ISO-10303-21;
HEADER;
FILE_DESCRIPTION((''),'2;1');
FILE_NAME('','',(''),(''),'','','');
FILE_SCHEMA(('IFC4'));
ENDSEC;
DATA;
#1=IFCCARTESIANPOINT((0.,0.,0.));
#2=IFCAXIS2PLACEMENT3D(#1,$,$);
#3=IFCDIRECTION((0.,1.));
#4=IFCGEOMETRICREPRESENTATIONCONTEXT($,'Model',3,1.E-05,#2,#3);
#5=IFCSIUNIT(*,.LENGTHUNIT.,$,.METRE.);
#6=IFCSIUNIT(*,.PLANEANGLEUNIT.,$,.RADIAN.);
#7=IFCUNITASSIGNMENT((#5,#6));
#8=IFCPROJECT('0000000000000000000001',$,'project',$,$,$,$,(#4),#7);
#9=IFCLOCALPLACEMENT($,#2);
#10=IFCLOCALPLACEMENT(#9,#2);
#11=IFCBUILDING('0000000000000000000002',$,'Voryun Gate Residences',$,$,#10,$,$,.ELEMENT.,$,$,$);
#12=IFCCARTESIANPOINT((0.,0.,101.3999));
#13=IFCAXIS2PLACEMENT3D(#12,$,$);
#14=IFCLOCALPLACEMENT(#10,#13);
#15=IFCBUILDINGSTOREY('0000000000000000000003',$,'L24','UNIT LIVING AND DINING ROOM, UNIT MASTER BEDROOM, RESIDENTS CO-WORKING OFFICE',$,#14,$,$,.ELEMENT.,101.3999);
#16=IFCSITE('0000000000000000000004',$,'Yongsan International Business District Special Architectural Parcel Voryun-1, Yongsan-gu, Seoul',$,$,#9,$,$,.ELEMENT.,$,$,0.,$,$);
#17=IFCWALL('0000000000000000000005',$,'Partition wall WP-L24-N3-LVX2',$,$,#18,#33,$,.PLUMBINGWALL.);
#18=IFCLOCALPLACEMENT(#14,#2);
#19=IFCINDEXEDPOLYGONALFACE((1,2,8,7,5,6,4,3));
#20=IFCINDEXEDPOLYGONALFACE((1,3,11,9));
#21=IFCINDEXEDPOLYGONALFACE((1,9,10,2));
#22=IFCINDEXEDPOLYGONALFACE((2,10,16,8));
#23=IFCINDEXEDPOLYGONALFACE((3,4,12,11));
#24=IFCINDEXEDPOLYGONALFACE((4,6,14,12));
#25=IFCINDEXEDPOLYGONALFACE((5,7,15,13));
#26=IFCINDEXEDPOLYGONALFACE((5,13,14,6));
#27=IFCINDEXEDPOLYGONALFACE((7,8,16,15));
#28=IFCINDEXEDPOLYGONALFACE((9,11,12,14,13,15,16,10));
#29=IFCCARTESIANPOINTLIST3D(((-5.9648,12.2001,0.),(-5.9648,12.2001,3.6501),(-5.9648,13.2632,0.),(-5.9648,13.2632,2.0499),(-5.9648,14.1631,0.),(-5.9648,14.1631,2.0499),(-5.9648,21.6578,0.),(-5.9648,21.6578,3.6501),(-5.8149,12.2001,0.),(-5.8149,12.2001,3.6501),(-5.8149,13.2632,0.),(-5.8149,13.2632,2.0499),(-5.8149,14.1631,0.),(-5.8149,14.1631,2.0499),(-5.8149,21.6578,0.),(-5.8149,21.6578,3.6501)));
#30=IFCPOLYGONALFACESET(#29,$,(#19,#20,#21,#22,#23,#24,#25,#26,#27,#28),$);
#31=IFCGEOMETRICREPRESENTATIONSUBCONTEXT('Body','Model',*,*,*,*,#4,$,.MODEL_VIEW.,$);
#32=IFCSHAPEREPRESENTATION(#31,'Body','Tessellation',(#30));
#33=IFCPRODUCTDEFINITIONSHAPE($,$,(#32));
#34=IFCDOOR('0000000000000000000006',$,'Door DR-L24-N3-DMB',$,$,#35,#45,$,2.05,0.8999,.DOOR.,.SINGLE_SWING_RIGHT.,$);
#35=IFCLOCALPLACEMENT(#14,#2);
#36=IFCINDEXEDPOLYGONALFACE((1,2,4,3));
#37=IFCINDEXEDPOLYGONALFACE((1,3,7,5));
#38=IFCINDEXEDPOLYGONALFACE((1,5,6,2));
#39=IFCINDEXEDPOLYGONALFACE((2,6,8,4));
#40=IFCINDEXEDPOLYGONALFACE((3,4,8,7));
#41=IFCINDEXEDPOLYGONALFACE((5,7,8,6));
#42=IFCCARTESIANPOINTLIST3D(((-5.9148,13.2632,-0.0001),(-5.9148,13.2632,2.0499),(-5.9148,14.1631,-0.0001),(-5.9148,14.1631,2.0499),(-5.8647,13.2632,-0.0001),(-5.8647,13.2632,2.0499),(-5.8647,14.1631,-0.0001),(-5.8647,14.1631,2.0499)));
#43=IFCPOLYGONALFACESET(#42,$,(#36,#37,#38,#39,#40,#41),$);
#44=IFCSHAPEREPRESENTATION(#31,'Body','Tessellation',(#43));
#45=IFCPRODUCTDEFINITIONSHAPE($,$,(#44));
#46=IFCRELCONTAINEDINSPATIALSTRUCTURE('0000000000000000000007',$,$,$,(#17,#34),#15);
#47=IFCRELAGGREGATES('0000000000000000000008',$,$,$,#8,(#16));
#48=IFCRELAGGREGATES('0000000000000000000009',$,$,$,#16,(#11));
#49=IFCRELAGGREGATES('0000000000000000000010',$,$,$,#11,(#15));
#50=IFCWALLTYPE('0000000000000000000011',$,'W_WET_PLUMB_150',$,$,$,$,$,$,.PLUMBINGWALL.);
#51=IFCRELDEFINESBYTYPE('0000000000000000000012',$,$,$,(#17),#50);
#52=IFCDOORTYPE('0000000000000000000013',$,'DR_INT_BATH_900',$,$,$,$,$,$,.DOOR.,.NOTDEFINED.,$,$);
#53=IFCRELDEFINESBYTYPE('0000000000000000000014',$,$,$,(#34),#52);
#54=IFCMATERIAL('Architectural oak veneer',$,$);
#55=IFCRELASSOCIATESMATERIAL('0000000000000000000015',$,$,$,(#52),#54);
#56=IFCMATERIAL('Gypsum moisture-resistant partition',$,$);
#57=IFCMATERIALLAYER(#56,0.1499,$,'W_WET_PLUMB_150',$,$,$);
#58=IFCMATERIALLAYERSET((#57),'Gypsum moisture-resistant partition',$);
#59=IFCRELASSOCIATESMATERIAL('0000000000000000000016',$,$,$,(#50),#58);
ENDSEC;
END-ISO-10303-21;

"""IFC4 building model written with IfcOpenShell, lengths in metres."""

from ifc_helpers import new_model, si_unit, direction, frame, frame_2d, origin, place, context, subcontext, project, spatial, rectangle, extrude, material, layer, layer_set, type_object, element, fill, save


model = new_model("IFC4")

# Units and contexts
model_context = context("Model", 3, precision=1e-05, world=origin(), true_north=direction((0.0, 1.0)))
body_context = subcontext(model_context, "Body", "Model", "MODEL_VIEW")
ifc_project = project(units=[si_unit("LENGTHUNIT", "METRE"), si_unit("PLANEANGLEUNIT", "RADIAN")], contexts=[model_context])

# Site, building, storey
site_placement = place(None, origin())
site = spatial("IfcSite", under=ifc_project, at=site_placement, Name="Yongsan International Business District Special Architectural Parcel Voryun-1, Yongsan-gu, Seoul", CompositionType="ELEMENT", RefElevation=0.0)
building_placement = place(site_placement, origin())
building = spatial("IfcBuilding", under=site, at=building_placement, Name="Voryun Gate Residences", CompositionType="ELEMENT")
storey_placement = place(building_placement, frame((0.0, 0.0, 101.3999)))
storey = spatial("IfcBuildingStorey", under=building, at=storey_placement, Name="L24", Description="UNIT LIVING AND DINING ROOM, UNIT MASTER BEDROOM, RESIDENTS CO-WORKING OFFICE", CompositionType="ELEMENT", Elevation=101.3999)

# Shared definitions
ifc_material_1 = material(Name="Architectural oak veneer")
door_type_1 = type_object("IfcDoorType", Name="DR_INT_BATH_900", OperationType="NOTDEFINED", PredefinedType="DOOR", material=ifc_material_1)

# Shared definitions
ifc_material_2 = material(Name="Gypsum moisture-resistant partition")
ifc_layer_1 = layer(ifc_material_2, 0.1499, Name="W_WET_PLUMB_150")
ifc_layer_set_1 = layer_set([ifc_layer_1], Name="Gypsum moisture-resistant partition")
wall_type_1 = type_object("IfcWallType", Name="W_WET_PLUMB_150", PredefinedType="PLUMBINGWALL", material=ifc_layer_set_1)

# Wall, opening, door
wall_1_placement = place(storey_placement, frame((-5.8899, 12.2, 0.0), z_axis=(0.0, 0.0, 1.0), x_axis=(0.0, 1.0, 0.0)))
wall_1 = element("IfcWall", 1, at=wall_1_placement, inside=storey, type_object=wall_type_1, Name="Partition wall WP-L24-N3-LVX2", PredefinedType="PLUMBINGWALL", context=body_context, shape_type="SweptSolid", body=[
    extrude(rectangle(XDim=9.4578, YDim=0.1499, at=frame_2d((4.729, 0.0))), origin(), (0.0, 0.0, 1.0), 3.6501),
])
opening_1_placement = place(wall_1_placement, frame((1.0632, 0.0, 0.0)))
opening_1 = element("IfcOpeningElement", 2, at=opening_1_placement, cuts=wall_1, PredefinedType="OPENING", context=body_context, shape_type="SweptSolid", body=[
    extrude(rectangle(XDim=0.8999, YDim=2.05, at=frame_2d((0.45, 1.0249))), frame((0.0, 0.085, 0.0), z_axis=(0.0, -1.0, 0.0), x_axis=(1.0, 0.0, 0.0)), (0.0, 0.0, 1.0), 0.1699),
])
door_1_placement = place(opening_1_placement, origin())
door_1 = element("IfcDoor", 3, at=door_1_placement, inside=storey, type_object=door_type_1, Name="Door DR-L24-N3-DMB", OperationType="SINGLE_SWING_RIGHT", OverallHeight=2.05, OverallWidth=0.8999, PredefinedType="DOOR", context=body_context, shape_type="SweptSolid", body=[
    extrude(rectangle(XDim=0.8999, YDim=2.05, at=frame_2d((0.45, 1.0249))), frame((0.0, 0.0249, 0.0), z_axis=(0.0, -1.0, 0.0), x_axis=(1.0, 0.0, 0.0)), (0.0, 0.0, 1.0), 0.05),
])
fill(opening_1, door_1)

save(model, "model.ifc")
